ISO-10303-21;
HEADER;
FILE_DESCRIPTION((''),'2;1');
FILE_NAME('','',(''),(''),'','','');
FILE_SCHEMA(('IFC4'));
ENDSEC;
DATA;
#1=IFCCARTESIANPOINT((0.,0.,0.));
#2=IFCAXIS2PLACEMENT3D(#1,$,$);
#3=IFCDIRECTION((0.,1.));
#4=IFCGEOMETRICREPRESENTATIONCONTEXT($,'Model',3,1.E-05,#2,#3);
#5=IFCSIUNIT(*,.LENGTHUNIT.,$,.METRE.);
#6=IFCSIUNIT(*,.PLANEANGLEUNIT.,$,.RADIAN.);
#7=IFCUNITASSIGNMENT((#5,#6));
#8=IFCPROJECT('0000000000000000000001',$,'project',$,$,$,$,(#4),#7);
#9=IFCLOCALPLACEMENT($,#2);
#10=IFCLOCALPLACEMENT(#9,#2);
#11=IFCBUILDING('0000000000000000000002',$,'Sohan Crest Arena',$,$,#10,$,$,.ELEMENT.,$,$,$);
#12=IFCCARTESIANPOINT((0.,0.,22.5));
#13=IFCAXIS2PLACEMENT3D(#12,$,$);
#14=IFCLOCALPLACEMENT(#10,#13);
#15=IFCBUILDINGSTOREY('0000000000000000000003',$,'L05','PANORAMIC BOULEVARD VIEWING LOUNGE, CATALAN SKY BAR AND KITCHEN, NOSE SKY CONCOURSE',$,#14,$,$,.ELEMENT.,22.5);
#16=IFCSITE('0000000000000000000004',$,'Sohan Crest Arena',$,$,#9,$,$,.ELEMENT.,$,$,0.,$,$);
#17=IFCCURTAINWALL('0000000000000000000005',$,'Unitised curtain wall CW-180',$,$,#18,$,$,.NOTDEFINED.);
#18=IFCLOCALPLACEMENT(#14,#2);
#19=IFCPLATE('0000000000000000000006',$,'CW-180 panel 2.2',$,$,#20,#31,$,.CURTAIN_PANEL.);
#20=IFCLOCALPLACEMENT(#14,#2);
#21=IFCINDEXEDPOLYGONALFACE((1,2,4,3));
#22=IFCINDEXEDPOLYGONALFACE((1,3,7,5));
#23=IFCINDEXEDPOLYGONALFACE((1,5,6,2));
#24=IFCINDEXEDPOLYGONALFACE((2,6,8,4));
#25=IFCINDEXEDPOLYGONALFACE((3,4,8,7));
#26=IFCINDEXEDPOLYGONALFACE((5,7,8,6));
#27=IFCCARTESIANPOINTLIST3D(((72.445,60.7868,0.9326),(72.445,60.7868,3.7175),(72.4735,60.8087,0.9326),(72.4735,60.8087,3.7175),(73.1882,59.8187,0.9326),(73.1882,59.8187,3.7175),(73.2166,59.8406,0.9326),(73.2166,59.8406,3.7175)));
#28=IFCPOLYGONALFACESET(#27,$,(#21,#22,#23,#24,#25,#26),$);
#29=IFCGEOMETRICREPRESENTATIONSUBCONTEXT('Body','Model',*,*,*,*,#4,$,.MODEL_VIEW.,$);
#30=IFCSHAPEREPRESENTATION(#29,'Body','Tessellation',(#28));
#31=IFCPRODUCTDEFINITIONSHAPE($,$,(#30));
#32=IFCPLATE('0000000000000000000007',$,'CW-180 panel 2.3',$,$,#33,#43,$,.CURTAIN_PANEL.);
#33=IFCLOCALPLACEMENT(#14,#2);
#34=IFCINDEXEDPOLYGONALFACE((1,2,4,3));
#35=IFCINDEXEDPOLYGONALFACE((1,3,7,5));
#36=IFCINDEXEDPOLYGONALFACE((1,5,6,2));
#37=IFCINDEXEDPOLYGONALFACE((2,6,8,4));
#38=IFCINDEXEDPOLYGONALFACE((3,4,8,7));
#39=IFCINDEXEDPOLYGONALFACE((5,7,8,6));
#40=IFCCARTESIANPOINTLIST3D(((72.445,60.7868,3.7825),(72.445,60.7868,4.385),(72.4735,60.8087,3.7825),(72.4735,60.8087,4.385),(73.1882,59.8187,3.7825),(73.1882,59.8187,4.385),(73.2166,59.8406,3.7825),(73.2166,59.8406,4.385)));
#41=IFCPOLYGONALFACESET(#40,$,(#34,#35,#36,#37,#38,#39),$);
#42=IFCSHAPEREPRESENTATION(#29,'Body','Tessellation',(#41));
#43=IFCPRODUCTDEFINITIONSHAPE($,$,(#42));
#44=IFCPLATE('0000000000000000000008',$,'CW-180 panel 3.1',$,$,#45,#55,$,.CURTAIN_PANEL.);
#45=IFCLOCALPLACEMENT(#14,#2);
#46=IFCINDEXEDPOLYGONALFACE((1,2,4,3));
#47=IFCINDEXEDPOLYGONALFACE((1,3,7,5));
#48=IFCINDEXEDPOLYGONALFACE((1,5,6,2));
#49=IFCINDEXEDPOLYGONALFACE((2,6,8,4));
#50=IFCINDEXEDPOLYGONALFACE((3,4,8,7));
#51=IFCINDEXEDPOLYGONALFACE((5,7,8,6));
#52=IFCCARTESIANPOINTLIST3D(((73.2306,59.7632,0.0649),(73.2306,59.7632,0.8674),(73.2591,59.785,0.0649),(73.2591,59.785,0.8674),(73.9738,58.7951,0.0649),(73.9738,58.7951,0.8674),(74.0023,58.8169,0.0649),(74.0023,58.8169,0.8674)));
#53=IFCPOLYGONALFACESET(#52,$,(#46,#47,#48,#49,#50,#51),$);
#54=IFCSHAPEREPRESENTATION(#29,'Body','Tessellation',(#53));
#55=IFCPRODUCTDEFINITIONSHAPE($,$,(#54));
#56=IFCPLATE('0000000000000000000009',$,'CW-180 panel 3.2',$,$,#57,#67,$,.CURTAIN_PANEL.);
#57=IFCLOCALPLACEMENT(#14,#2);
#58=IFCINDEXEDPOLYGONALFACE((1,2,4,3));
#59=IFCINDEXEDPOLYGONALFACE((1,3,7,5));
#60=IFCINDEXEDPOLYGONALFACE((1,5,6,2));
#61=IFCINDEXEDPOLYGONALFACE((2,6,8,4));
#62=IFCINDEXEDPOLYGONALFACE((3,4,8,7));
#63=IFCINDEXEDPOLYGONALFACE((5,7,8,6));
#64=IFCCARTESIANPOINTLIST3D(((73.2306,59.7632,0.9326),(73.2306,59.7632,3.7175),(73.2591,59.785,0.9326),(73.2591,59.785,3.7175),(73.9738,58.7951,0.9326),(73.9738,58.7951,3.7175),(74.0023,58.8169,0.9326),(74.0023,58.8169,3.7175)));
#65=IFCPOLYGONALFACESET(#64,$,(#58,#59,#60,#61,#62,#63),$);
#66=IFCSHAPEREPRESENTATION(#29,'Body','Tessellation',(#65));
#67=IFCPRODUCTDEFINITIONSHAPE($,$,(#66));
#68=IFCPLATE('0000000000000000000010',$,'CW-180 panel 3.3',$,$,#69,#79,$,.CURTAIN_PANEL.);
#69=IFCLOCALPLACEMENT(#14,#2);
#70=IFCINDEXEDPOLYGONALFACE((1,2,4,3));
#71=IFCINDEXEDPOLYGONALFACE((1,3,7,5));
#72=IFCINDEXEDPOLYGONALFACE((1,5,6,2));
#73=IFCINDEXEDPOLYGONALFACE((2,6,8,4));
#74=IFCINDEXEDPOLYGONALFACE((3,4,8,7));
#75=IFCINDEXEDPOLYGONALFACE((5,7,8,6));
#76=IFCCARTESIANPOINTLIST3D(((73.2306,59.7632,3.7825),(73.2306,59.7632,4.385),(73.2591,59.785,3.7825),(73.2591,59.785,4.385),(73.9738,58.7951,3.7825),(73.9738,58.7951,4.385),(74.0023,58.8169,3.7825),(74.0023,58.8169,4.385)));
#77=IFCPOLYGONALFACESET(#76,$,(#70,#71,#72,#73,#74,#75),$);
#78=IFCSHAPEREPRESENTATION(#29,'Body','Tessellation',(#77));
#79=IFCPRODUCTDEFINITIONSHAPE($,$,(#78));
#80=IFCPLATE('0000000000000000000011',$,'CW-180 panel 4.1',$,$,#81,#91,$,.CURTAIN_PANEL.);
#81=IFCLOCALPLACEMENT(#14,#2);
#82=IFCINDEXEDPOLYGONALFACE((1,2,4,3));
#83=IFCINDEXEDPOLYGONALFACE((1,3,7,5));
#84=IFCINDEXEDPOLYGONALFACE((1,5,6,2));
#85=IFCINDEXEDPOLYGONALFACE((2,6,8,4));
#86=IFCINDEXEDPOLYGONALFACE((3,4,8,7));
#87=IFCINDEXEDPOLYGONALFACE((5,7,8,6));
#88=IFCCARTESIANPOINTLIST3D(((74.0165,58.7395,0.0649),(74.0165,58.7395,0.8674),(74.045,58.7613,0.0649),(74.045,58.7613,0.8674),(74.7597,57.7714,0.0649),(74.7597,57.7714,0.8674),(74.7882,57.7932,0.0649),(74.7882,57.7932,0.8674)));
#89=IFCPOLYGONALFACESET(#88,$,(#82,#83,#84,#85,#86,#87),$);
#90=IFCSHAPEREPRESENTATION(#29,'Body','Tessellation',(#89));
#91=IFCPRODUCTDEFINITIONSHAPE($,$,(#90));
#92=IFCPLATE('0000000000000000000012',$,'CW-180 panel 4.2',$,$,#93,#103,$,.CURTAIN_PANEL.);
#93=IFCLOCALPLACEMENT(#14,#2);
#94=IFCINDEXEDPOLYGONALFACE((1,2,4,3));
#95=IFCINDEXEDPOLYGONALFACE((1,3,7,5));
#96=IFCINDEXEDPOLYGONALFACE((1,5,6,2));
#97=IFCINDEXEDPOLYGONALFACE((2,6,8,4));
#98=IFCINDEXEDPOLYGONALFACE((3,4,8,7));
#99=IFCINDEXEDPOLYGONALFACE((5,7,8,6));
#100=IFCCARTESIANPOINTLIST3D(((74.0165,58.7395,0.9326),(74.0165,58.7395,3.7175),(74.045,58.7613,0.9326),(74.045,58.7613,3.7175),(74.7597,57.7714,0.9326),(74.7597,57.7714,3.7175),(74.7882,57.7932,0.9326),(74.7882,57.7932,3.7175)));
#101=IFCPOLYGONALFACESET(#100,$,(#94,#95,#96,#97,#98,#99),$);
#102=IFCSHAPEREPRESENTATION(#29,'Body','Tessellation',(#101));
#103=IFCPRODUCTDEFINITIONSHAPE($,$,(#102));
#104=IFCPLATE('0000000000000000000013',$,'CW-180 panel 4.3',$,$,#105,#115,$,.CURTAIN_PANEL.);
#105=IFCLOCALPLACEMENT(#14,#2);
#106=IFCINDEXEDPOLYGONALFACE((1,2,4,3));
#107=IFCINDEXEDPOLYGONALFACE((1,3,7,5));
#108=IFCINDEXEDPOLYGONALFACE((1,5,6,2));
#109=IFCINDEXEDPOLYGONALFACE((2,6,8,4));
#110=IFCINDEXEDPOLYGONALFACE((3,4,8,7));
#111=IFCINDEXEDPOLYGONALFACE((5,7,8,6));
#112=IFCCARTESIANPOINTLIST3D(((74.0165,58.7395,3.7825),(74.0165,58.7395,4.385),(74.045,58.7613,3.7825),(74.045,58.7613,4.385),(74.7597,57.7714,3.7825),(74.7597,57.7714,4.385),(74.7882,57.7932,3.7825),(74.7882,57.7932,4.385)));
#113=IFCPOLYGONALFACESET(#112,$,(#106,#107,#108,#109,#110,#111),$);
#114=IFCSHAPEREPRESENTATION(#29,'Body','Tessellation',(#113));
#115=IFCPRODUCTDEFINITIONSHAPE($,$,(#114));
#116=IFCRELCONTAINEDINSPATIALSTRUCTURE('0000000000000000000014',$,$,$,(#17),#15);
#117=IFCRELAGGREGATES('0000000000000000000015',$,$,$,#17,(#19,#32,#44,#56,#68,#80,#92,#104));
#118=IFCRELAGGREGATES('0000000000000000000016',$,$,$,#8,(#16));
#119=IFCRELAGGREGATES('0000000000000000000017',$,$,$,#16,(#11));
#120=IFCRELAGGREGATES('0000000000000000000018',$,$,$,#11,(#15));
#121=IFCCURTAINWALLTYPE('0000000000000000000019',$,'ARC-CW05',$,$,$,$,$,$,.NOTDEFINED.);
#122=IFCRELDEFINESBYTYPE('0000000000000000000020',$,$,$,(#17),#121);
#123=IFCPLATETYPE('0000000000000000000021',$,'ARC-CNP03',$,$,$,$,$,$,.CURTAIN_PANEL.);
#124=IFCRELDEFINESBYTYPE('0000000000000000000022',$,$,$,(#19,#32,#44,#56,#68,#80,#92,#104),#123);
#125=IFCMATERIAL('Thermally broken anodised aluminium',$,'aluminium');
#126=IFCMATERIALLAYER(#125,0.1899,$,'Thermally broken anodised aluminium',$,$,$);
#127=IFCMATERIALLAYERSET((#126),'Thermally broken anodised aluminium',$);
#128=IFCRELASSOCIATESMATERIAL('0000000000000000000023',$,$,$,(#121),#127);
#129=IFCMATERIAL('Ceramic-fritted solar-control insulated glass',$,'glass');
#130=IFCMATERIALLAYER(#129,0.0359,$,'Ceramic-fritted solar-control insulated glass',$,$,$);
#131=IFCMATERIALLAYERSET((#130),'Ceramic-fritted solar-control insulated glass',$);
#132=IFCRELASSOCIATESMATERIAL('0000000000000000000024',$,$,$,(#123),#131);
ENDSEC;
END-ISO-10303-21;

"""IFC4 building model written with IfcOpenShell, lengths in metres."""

from ifc_helpers import new_model, si_unit, direction, frame, origin, origin_2d, place, context, subcontext, project, spatial, rectangle, extrude, material, layer, layer_set, type_object, element, aggregate, save


model = new_model("IFC4")

# Units and contexts
model_context = context("Model", 3, precision=1e-05, world=origin(), true_north=direction((0.0, 1.0)))
body_context = subcontext(model_context, "Body", "Model", "MODEL_VIEW")
ifc_project = project(units=[si_unit("LENGTHUNIT", "METRE"), si_unit("PLANEANGLEUNIT", "RADIAN")], contexts=[model_context])

# Site, building, storey
site_placement = place(None, origin())
site = spatial("IfcSite", under=ifc_project, at=site_placement, Name="Sohan Crest Arena", CompositionType="ELEMENT", RefElevation=0.0)
building_placement = place(site_placement, origin())
building = spatial("IfcBuilding", under=site, at=building_placement, Name="Sohan Crest Arena", CompositionType="ELEMENT")
storey_placement = place(building_placement, frame((0.0, 0.0, 22.5)))
storey = spatial("IfcBuildingStorey", under=building, at=storey_placement, Name="L05", Description="PANORAMIC BOULEVARD VIEWING LOUNGE, CATALAN SKY BAR AND KITCHEN, NOSE SKY CONCOURSE", CompositionType="ELEMENT", Elevation=22.5)

# Curtain wall, plates
ifc_material_1 = material(Name="Thermally broken anodised aluminium", Category="aluminium")
ifc_layer_1 = layer(ifc_material_1, 0.1899, Name="Thermally broken anodised aluminium")
ifc_layer_set_1 = layer_set([ifc_layer_1], Name="Thermally broken anodised aluminium")
curtain_wall_type = type_object("IfcCurtainWallType", Name="ARC-CW05", PredefinedType="NOTDEFINED", material=ifc_layer_set_1)
curtain_wall_placement = place(storey_placement, origin())
curtain_wall = element("IfcCurtainWall", 1, at=curtain_wall_placement, inside=storey, type_object=curtain_wall_type, Name="Unitised curtain wall CW-180", PredefinedType="NOTDEFINED")
ifc_material_2 = material(Name="Ceramic-fritted solar-control insulated glass", Category="glass")
ifc_layer_2 = layer(ifc_material_2, 0.0359, Name="Ceramic-fritted solar-control insulated glass")
ifc_layer_set_2 = layer_set([ifc_layer_2], Name="Ceramic-fritted solar-control insulated glass")
plate_type = type_object("IfcPlateType", Name="ARC-CNP03", PredefinedType="CURTAIN_PANEL", material=ifc_layer_set_2)
plate_1_placement = place(storey_placement, frame((72.8308, 60.3137, 0.9326), z_axis=(0.0, 0.0, 1.0), x_axis=(0.608939, -0.793217, 0.0)))
plate_1 = element("IfcPlate", 2, at=plate_1_placement, type_object=plate_type, Name="CW-180 panel 2.2", PredefinedType="CURTAIN_PANEL", context=body_context, shape_type="SweptSolid", body=[
    extrude(rectangle(XDim=1.2205, YDim=0.0359, at=origin_2d()), origin(), (0.0, 0.0, 1.0), 2.7849),
])
plate_2_placement = place(storey_placement, frame((72.8308, 60.3137, 3.7825), z_axis=(0.0, 0.0, 1.0), x_axis=(0.608939, -0.793217, 0.0)))
plate_2 = element("IfcPlate", 3, at=plate_2_placement, type_object=plate_type, Name="CW-180 panel 2.3", PredefinedType="CURTAIN_PANEL", context=body_context, shape_type="SweptSolid", body=[
    extrude(rectangle(XDim=1.2205, YDim=0.0359, at=origin_2d()), origin(), (0.0, 0.0, 1.0), 0.6025),
])
plate_3_placement = place(storey_placement, frame((73.6165, 59.29, 0.0649), z_axis=(0.0, 0.0, 1.0), x_axis=(0.608939, -0.793217, 0.0)))
plate_3 = element("IfcPlate", 4, at=plate_3_placement, type_object=plate_type, Name="CW-180 panel 3.1", PredefinedType="CURTAIN_PANEL", context=body_context, shape_type="SweptSolid", body=[
    extrude(rectangle(XDim=1.2205, YDim=0.0359, at=origin_2d()), origin(), (0.0, 0.0, 1.0), 0.8025),
])
plate_4_placement = place(storey_placement, frame((73.6165, 59.29, 0.9326), z_axis=(0.0, 0.0, 1.0), x_axis=(0.608939, -0.793217, 0.0)))
plate_4 = element("IfcPlate", 5, at=plate_4_placement, type_object=plate_type, Name="CW-180 panel 3.2", PredefinedType="CURTAIN_PANEL", context=body_context, shape_type="SweptSolid", body=[
    extrude(rectangle(XDim=1.2205, YDim=0.0359, at=origin_2d()), origin(), (0.0, 0.0, 1.0), 2.7849),
])
plate_5_placement = place(storey_placement, frame((73.6165, 59.29, 3.7825), z_axis=(0.0, 0.0, 1.0), x_axis=(0.608939, -0.793217, 0.0)))
plate_5 = element("IfcPlate", 6, at=plate_5_placement, type_object=plate_type, Name="CW-180 panel 3.3", PredefinedType="CURTAIN_PANEL", context=body_context, shape_type="SweptSolid", body=[
    extrude(rectangle(XDim=1.2205, YDim=0.0359, at=origin_2d()), origin(), (0.0, 0.0, 1.0), 0.6025),
])
plate_6_placement = place(storey_placement, frame((74.4023, 58.2664, 0.0649), z_axis=(0.0, 0.0, 1.0), x_axis=(0.608939, -0.793217, 0.0)))
plate_6 = element("IfcPlate", 7, at=plate_6_placement, type_object=plate_type, Name="CW-180 panel 4.1", PredefinedType="CURTAIN_PANEL", context=body_context, shape_type="SweptSolid", body=[
    extrude(rectangle(XDim=1.2205, YDim=0.0359, at=origin_2d()), origin(), (0.0, 0.0, 1.0), 0.8025),
])
plate_7_placement = place(storey_placement, frame((74.4023, 58.2664, 0.9326), z_axis=(0.0, 0.0, 1.0), x_axis=(0.608939, -0.793217, 0.0)))
plate_7 = element("IfcPlate", 8, at=plate_7_placement, type_object=plate_type, Name="CW-180 panel 4.2", PredefinedType="CURTAIN_PANEL", context=body_context, shape_type="SweptSolid", body=[
    extrude(rectangle(XDim=1.2205, YDim=0.0359, at=origin_2d()), origin(), (0.0, 0.0, 1.0), 2.7849),
])
plate_8_placement = place(storey_placement, frame((74.4023, 58.2664, 3.7825), z_axis=(0.0, 0.0, 1.0), x_axis=(0.608939, -0.793217, 0.0)))
plate_8 = element("IfcPlate", 9, at=plate_8_placement, type_object=plate_type, Name="CW-180 panel 4.3", PredefinedType="CURTAIN_PANEL", context=body_context, shape_type="SweptSolid", body=[
    extrude(rectangle(XDim=1.2205, YDim=0.0359, at=origin_2d()), origin(), (0.0, 0.0, 1.0), 0.6025),
])
aggregate(curtain_wall, [plate_1, plate_2, plate_3, plate_4, plate_5, plate_6, plate_7, plate_8])

save(model, "model.ifc")
